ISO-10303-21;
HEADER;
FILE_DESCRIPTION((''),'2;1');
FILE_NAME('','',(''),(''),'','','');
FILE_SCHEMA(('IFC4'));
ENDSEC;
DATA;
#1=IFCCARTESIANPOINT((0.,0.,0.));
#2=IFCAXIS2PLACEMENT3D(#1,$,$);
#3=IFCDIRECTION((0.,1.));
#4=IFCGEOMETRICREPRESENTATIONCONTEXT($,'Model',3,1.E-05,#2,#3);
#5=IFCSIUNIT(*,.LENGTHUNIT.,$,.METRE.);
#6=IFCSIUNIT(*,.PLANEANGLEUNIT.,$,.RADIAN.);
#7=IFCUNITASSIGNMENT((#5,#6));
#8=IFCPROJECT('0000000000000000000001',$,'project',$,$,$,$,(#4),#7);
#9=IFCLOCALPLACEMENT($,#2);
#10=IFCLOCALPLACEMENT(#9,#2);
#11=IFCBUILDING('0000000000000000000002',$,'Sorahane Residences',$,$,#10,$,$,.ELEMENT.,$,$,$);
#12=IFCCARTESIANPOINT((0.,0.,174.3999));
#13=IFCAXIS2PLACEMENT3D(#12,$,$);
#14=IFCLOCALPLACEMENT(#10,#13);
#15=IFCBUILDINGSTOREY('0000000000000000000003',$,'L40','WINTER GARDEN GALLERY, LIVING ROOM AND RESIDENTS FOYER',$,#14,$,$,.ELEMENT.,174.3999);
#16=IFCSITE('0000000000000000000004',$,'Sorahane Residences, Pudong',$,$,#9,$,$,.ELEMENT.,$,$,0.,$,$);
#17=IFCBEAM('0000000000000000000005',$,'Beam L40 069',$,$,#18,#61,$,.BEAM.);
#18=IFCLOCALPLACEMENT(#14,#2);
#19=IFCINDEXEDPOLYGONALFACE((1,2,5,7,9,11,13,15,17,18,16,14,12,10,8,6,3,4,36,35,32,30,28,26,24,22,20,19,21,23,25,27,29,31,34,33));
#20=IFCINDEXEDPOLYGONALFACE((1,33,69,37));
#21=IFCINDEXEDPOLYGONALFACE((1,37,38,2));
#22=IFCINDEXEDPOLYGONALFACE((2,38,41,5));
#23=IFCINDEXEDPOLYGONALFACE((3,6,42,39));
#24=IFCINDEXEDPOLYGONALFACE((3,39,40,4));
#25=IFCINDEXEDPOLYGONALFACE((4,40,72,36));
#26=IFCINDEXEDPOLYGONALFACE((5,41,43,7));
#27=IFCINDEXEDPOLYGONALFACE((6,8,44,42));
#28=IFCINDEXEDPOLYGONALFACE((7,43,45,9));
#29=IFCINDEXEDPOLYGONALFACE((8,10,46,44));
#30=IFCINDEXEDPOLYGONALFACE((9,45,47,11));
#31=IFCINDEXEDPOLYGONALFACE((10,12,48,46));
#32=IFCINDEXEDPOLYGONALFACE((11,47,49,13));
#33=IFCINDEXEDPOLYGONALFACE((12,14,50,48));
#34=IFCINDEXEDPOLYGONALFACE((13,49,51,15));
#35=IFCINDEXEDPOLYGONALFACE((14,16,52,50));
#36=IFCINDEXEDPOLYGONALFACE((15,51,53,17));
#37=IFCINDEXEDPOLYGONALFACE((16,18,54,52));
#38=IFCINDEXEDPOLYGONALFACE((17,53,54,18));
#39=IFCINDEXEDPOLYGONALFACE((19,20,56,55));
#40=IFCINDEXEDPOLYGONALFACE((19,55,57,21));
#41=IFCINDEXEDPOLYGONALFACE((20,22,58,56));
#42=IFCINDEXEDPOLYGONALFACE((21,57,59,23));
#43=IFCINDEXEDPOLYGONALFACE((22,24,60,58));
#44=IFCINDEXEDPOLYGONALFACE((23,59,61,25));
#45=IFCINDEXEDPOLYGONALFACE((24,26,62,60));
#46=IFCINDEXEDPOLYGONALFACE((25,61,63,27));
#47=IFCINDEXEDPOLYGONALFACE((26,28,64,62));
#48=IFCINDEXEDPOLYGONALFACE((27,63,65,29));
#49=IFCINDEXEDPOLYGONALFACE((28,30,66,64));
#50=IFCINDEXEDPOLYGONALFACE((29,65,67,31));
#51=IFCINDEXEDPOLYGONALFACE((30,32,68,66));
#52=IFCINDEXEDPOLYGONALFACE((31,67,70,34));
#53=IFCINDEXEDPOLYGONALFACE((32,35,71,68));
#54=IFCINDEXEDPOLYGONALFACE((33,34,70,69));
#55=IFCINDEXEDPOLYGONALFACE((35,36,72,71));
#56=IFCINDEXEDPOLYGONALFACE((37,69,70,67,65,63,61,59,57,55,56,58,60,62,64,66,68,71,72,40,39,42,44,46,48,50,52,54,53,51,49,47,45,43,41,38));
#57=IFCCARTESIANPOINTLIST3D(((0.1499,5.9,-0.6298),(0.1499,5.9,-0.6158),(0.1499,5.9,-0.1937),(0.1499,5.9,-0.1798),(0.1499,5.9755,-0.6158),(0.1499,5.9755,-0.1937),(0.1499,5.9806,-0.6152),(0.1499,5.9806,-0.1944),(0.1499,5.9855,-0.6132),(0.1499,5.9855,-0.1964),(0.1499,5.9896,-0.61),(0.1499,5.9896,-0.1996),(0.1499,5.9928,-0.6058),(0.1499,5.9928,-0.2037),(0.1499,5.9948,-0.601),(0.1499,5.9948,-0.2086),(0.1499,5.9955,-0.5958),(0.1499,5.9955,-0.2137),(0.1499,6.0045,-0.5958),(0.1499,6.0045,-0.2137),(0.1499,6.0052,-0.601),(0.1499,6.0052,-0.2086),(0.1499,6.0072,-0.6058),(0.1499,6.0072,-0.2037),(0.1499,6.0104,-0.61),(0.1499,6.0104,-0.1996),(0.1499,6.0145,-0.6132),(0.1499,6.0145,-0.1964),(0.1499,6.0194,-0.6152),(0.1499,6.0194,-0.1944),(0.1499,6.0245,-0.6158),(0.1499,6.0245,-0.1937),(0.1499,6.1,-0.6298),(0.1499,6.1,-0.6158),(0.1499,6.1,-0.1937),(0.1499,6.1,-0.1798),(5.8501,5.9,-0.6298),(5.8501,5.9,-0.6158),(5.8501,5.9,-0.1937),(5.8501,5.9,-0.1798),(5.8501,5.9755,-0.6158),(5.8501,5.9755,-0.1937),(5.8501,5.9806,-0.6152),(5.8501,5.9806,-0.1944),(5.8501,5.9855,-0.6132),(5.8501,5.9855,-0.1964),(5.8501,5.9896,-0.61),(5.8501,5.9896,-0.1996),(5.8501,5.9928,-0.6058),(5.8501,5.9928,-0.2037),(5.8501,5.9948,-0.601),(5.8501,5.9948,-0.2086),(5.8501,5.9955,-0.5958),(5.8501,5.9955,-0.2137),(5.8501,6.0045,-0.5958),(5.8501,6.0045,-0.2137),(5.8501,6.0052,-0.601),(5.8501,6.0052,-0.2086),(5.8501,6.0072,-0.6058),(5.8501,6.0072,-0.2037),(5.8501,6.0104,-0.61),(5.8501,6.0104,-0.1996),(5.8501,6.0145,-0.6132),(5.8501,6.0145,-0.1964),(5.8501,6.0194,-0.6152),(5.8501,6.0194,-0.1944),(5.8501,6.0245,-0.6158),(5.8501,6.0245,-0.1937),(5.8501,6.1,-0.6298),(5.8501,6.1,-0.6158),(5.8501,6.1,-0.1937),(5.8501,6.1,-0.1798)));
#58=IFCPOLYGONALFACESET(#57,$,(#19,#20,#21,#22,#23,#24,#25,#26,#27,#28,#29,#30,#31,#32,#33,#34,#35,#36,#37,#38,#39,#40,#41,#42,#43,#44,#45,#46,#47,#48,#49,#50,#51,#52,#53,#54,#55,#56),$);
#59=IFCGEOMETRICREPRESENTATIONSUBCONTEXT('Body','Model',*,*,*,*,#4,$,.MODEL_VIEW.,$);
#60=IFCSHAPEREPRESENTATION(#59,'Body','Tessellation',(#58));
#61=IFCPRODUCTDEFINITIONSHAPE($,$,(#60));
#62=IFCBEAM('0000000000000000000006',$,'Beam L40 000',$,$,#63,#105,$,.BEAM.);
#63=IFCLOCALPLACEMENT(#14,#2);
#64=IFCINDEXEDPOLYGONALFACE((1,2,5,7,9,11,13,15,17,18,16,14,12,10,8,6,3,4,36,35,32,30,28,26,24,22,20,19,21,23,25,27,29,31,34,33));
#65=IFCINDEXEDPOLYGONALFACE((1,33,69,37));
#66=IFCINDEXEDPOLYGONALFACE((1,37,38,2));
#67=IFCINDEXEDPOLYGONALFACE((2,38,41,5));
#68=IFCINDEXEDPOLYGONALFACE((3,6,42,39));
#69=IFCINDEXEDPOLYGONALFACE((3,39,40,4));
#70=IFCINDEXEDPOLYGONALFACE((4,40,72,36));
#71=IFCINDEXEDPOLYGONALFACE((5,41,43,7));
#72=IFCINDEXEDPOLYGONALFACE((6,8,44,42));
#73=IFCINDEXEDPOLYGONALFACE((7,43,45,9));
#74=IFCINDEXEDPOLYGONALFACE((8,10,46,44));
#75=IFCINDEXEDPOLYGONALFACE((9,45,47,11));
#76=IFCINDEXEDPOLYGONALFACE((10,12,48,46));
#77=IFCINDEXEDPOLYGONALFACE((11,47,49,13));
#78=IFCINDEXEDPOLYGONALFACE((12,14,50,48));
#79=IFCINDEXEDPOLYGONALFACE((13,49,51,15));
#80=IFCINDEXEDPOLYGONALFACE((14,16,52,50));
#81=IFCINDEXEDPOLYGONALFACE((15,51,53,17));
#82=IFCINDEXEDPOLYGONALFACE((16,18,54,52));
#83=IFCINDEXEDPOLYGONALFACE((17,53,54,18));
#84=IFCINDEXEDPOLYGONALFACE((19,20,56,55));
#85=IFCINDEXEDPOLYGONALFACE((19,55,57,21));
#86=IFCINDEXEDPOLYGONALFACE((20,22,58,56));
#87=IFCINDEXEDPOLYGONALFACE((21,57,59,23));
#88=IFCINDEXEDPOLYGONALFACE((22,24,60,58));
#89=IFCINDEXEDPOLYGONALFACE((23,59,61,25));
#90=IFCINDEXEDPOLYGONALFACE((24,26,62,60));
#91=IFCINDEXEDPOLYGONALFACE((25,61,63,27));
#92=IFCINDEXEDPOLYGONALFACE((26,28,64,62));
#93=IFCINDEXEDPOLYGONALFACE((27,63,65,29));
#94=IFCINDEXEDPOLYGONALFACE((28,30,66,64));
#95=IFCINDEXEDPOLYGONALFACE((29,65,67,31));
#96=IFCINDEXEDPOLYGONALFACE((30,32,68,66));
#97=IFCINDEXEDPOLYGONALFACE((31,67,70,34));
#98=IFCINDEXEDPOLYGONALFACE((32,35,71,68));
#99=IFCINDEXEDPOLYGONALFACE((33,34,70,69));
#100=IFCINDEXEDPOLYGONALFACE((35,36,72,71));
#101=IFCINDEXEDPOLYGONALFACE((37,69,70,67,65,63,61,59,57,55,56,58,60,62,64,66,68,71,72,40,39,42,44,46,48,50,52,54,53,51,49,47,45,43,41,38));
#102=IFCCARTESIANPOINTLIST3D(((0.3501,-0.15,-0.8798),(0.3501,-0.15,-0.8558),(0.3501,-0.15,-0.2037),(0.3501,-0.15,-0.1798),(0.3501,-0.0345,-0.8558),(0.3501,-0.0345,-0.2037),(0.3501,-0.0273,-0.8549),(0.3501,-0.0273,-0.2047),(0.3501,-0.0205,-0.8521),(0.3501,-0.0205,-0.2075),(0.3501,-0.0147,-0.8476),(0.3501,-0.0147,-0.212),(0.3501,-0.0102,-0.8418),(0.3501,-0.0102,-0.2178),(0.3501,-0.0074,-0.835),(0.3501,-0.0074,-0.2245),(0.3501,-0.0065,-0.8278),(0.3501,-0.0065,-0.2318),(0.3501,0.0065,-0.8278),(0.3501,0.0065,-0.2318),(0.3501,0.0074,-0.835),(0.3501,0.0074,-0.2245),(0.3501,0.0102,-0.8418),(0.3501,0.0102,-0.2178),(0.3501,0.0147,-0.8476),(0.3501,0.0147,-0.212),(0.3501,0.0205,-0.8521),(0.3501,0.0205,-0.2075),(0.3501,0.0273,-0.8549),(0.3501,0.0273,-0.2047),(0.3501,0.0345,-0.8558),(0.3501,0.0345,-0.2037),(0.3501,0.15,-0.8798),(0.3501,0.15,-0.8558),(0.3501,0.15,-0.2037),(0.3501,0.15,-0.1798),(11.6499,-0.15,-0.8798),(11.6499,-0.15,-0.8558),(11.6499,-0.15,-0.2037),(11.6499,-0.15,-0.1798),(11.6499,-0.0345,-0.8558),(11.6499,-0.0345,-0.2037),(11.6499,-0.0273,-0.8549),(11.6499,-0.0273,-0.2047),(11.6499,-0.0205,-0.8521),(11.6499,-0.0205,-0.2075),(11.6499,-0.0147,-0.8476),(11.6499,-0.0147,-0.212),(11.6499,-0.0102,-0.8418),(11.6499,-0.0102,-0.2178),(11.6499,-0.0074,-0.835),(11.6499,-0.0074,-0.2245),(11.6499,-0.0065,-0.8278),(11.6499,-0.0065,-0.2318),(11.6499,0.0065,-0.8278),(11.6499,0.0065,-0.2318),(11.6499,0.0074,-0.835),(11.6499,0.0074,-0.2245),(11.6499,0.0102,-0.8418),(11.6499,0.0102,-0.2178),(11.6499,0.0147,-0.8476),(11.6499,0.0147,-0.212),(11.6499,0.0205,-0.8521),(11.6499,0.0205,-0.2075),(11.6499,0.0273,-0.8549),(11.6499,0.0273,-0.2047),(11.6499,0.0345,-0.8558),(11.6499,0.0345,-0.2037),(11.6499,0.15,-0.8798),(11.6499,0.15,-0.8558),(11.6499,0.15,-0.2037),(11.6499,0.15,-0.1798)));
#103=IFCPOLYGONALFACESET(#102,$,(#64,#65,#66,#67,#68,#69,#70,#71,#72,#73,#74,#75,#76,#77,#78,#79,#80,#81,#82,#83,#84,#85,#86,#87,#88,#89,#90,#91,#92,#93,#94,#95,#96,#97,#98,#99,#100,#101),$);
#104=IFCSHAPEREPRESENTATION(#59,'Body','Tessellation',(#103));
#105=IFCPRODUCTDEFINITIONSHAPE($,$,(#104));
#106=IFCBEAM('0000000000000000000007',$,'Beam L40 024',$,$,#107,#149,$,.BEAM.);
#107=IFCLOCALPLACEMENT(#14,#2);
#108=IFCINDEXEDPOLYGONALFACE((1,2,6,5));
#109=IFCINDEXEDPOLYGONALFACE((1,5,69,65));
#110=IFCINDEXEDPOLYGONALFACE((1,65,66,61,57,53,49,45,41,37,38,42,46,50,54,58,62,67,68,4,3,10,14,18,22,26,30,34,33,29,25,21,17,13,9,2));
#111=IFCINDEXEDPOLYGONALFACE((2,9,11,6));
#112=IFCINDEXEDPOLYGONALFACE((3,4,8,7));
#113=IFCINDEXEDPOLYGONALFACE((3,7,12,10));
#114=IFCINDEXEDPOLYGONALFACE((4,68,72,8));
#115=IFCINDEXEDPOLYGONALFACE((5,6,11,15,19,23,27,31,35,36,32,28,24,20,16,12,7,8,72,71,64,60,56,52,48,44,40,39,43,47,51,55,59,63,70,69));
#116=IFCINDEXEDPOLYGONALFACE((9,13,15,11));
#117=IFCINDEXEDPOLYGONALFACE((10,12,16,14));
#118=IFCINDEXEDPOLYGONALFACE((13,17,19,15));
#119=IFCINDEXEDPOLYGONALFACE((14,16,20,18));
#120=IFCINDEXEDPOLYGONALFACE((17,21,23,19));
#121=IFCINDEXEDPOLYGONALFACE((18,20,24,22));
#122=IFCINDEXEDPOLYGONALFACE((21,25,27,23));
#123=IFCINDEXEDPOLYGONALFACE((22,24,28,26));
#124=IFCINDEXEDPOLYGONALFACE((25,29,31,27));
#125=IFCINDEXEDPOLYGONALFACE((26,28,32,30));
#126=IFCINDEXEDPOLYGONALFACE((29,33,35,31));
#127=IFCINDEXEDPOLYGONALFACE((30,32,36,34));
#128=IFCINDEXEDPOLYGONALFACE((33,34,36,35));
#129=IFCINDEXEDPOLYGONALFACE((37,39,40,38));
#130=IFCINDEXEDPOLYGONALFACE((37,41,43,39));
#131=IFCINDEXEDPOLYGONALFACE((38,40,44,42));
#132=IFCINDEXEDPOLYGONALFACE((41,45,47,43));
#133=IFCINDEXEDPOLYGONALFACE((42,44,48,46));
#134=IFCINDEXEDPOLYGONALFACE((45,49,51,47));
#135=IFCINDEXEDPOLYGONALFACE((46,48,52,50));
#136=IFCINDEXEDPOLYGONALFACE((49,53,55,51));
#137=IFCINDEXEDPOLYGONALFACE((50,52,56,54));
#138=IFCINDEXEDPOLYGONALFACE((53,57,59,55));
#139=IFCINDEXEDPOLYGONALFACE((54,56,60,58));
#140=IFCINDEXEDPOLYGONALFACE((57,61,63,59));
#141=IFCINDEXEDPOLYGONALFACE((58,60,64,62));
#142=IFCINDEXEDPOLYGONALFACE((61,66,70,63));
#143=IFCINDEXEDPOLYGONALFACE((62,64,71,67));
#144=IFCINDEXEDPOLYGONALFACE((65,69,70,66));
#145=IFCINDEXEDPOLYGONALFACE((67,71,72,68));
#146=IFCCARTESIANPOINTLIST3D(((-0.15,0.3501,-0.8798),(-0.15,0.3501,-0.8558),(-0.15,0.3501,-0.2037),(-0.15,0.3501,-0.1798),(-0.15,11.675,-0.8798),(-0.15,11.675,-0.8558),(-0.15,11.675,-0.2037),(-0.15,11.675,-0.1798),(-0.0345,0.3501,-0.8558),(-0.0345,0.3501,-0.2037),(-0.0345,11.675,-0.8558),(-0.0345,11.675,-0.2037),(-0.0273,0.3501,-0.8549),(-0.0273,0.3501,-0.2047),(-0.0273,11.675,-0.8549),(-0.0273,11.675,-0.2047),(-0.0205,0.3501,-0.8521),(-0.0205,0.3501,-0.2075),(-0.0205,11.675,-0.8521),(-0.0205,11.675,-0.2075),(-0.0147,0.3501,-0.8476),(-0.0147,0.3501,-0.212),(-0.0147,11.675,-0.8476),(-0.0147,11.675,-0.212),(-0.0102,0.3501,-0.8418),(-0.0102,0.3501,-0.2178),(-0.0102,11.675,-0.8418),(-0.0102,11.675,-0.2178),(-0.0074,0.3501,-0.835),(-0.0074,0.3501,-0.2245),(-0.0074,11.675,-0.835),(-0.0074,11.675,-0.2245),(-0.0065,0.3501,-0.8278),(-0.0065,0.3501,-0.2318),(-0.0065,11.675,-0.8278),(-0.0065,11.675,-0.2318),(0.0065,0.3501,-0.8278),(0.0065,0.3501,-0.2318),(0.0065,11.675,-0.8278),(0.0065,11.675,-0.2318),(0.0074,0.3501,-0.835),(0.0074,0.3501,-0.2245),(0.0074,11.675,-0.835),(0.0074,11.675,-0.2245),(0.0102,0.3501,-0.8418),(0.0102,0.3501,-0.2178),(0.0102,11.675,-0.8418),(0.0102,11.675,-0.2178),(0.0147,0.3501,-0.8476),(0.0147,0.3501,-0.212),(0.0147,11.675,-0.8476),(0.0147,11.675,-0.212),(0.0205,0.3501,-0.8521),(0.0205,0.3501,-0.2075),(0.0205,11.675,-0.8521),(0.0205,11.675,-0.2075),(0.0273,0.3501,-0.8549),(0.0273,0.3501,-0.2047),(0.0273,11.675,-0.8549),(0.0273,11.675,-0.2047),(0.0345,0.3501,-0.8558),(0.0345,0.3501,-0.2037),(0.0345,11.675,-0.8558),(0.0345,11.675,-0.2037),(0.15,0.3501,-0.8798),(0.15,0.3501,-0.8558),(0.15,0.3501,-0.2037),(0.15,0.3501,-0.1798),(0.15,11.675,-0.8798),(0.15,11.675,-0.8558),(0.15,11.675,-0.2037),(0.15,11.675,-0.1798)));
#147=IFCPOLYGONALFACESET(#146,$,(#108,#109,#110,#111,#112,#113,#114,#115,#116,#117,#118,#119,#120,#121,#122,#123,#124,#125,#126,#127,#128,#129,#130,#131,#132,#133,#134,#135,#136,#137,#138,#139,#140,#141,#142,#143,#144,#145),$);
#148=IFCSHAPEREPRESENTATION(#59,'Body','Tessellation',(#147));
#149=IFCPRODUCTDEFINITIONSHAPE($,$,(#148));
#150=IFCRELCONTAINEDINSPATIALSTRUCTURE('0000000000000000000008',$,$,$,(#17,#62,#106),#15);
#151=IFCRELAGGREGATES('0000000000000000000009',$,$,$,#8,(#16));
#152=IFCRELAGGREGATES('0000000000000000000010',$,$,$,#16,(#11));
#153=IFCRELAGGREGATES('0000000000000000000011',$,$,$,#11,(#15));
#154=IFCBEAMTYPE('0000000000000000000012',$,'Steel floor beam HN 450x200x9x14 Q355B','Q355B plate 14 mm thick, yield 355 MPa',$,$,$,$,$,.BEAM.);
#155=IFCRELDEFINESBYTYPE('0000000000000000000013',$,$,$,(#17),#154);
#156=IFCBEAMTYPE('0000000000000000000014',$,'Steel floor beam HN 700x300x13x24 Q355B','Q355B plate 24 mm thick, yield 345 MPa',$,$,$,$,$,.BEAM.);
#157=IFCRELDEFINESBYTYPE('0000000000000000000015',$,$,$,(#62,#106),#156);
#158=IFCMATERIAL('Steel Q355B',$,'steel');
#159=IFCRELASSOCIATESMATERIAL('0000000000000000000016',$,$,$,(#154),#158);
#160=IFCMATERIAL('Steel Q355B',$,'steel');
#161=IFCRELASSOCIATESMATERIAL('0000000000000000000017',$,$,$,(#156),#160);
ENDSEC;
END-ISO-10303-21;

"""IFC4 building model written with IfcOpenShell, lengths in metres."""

from ifc_helpers import new_model, si_unit, direction, frame, origin, origin_2d, place, context, subcontext, project, spatial, i_section, extrude, material, material_profile, profile_set, type_object, element, save


model = new_model("IFC4")

# Units and contexts
model_context = context("Model", 3, precision=1e-05, world=origin(), true_north=direction((0.0, 1.0)))
body_context = subcontext(model_context, "Body", "Model", "MODEL_VIEW")
ifc_project = project(units=[si_unit("LENGTHUNIT", "METRE"), si_unit("PLANEANGLEUNIT", "RADIAN")], contexts=[model_context])

# Site, building, storey
site_placement = place(None, origin())
site = spatial("IfcSite", under=ifc_project, at=site_placement, Name="Sorahane Residences, Pudong", CompositionType="ELEMENT", RefElevation=0.0)
building_placement = place(site_placement, origin())
building = spatial("IfcBuilding", under=site, at=building_placement, Name="Sorahane Residences", CompositionType="ELEMENT")
storey_placement = place(building_placement, frame((0.0, 0.0, 174.3999)))
storey = spatial("IfcBuildingStorey", under=building, at=storey_placement, Name="L40", Description="WINTER GARDEN GALLERY, LIVING ROOM AND RESIDENTS FOYER", CompositionType="ELEMENT", Elevation=174.3999)

# Beams
ifc_material_1 = material(Name="Steel Q355B", Category="steel")
ifc_material_profile_1 = material_profile(ifc_material_1, i_section(OverallWidth=0.2, OverallDepth=0.45, WebThickness=0.009, FlangeThickness=0.0139, FilletRadius=0.02, at=origin_2d()), Name="HN 450x200x9x14")
ifc_profile_set_1 = profile_set([ifc_material_profile_1], Name="Steel Q355B")
beam_type_1 = type_object("IfcBeamType", Name="Steel floor beam HN 450x200x9x14 Q355B", Description="Q355B plate 14 mm thick, yield 355 MPa", PredefinedType="BEAM", material=ifc_profile_set_1)
beam_1_placement = place(storey_placement, frame((0.1499, 6.0, -0.4048), z_axis=(1.0, 0.0, 0.0), x_axis=(0.0, 1.0, 0.0)))
element("IfcBeam", 1, at=beam_1_placement, inside=storey, type_object=beam_type_1, Name="Beam L40 069", PredefinedType="BEAM", context=body_context, shape_type="SweptSolid", body=[
    extrude(i_section(OverallWidth=0.2, OverallDepth=0.45, WebThickness=0.009, FlangeThickness=0.0139, FilletRadius=0.02, at=origin_2d()), origin(), (0.0, 0.0, 1.0), 5.7002),
])
ifc_material_2 = material(Name="Steel Q355B", Category="steel")
ifc_material_profile_2 = material_profile(ifc_material_2, i_section(OverallWidth=0.3, OverallDepth=0.7, WebThickness=0.0129, FlangeThickness=0.0239, FilletRadius=0.0281, at=origin_2d()), Name="HN 700x300x13x24")
ifc_profile_set_2 = profile_set([ifc_material_profile_2], Name="Steel Q355B")
beam_type_2 = type_object("IfcBeamType", Name="Steel floor beam HN 700x300x13x24 Q355B", Description="Q355B plate 24 mm thick, yield 345 MPa", PredefinedType="BEAM", material=ifc_profile_set_2)
beam_2_placement = place(storey_placement, frame((0.3501, 0.0, -0.5298), z_axis=(1.0, 0.0, 0.0), x_axis=(0.0, 1.0, 0.0)))
element("IfcBeam", 2, at=beam_2_placement, inside=storey, type_object=beam_type_2, Name="Beam L40 000", PredefinedType="BEAM", context=body_context, shape_type="SweptSolid", body=[
    extrude(i_section(OverallWidth=0.3, OverallDepth=0.7, WebThickness=0.0129, FlangeThickness=0.0239, FilletRadius=0.0281, at=origin_2d()), origin(), (0.0, 0.0, 1.0), 11.2998),
])
beam_3_placement = place(storey_placement, frame((0.0, 0.3501, -0.5298), z_axis=(0.0, 1.0, 0.0), x_axis=(-1.0, 0.0, 0.0)))
element("IfcBeam", 3, at=beam_3_placement, inside=storey, type_object=beam_type_2, Name="Beam L40 024", PredefinedType="BEAM", context=body_context, shape_type="SweptSolid", body=[
    extrude(i_section(OverallWidth=0.3, OverallDepth=0.7, WebThickness=0.0129, FlangeThickness=0.0239, FilletRadius=0.0281, at=origin_2d()), origin(), (0.0, 0.0, 1.0), 11.325),
])

save(model, "model.ifc")
